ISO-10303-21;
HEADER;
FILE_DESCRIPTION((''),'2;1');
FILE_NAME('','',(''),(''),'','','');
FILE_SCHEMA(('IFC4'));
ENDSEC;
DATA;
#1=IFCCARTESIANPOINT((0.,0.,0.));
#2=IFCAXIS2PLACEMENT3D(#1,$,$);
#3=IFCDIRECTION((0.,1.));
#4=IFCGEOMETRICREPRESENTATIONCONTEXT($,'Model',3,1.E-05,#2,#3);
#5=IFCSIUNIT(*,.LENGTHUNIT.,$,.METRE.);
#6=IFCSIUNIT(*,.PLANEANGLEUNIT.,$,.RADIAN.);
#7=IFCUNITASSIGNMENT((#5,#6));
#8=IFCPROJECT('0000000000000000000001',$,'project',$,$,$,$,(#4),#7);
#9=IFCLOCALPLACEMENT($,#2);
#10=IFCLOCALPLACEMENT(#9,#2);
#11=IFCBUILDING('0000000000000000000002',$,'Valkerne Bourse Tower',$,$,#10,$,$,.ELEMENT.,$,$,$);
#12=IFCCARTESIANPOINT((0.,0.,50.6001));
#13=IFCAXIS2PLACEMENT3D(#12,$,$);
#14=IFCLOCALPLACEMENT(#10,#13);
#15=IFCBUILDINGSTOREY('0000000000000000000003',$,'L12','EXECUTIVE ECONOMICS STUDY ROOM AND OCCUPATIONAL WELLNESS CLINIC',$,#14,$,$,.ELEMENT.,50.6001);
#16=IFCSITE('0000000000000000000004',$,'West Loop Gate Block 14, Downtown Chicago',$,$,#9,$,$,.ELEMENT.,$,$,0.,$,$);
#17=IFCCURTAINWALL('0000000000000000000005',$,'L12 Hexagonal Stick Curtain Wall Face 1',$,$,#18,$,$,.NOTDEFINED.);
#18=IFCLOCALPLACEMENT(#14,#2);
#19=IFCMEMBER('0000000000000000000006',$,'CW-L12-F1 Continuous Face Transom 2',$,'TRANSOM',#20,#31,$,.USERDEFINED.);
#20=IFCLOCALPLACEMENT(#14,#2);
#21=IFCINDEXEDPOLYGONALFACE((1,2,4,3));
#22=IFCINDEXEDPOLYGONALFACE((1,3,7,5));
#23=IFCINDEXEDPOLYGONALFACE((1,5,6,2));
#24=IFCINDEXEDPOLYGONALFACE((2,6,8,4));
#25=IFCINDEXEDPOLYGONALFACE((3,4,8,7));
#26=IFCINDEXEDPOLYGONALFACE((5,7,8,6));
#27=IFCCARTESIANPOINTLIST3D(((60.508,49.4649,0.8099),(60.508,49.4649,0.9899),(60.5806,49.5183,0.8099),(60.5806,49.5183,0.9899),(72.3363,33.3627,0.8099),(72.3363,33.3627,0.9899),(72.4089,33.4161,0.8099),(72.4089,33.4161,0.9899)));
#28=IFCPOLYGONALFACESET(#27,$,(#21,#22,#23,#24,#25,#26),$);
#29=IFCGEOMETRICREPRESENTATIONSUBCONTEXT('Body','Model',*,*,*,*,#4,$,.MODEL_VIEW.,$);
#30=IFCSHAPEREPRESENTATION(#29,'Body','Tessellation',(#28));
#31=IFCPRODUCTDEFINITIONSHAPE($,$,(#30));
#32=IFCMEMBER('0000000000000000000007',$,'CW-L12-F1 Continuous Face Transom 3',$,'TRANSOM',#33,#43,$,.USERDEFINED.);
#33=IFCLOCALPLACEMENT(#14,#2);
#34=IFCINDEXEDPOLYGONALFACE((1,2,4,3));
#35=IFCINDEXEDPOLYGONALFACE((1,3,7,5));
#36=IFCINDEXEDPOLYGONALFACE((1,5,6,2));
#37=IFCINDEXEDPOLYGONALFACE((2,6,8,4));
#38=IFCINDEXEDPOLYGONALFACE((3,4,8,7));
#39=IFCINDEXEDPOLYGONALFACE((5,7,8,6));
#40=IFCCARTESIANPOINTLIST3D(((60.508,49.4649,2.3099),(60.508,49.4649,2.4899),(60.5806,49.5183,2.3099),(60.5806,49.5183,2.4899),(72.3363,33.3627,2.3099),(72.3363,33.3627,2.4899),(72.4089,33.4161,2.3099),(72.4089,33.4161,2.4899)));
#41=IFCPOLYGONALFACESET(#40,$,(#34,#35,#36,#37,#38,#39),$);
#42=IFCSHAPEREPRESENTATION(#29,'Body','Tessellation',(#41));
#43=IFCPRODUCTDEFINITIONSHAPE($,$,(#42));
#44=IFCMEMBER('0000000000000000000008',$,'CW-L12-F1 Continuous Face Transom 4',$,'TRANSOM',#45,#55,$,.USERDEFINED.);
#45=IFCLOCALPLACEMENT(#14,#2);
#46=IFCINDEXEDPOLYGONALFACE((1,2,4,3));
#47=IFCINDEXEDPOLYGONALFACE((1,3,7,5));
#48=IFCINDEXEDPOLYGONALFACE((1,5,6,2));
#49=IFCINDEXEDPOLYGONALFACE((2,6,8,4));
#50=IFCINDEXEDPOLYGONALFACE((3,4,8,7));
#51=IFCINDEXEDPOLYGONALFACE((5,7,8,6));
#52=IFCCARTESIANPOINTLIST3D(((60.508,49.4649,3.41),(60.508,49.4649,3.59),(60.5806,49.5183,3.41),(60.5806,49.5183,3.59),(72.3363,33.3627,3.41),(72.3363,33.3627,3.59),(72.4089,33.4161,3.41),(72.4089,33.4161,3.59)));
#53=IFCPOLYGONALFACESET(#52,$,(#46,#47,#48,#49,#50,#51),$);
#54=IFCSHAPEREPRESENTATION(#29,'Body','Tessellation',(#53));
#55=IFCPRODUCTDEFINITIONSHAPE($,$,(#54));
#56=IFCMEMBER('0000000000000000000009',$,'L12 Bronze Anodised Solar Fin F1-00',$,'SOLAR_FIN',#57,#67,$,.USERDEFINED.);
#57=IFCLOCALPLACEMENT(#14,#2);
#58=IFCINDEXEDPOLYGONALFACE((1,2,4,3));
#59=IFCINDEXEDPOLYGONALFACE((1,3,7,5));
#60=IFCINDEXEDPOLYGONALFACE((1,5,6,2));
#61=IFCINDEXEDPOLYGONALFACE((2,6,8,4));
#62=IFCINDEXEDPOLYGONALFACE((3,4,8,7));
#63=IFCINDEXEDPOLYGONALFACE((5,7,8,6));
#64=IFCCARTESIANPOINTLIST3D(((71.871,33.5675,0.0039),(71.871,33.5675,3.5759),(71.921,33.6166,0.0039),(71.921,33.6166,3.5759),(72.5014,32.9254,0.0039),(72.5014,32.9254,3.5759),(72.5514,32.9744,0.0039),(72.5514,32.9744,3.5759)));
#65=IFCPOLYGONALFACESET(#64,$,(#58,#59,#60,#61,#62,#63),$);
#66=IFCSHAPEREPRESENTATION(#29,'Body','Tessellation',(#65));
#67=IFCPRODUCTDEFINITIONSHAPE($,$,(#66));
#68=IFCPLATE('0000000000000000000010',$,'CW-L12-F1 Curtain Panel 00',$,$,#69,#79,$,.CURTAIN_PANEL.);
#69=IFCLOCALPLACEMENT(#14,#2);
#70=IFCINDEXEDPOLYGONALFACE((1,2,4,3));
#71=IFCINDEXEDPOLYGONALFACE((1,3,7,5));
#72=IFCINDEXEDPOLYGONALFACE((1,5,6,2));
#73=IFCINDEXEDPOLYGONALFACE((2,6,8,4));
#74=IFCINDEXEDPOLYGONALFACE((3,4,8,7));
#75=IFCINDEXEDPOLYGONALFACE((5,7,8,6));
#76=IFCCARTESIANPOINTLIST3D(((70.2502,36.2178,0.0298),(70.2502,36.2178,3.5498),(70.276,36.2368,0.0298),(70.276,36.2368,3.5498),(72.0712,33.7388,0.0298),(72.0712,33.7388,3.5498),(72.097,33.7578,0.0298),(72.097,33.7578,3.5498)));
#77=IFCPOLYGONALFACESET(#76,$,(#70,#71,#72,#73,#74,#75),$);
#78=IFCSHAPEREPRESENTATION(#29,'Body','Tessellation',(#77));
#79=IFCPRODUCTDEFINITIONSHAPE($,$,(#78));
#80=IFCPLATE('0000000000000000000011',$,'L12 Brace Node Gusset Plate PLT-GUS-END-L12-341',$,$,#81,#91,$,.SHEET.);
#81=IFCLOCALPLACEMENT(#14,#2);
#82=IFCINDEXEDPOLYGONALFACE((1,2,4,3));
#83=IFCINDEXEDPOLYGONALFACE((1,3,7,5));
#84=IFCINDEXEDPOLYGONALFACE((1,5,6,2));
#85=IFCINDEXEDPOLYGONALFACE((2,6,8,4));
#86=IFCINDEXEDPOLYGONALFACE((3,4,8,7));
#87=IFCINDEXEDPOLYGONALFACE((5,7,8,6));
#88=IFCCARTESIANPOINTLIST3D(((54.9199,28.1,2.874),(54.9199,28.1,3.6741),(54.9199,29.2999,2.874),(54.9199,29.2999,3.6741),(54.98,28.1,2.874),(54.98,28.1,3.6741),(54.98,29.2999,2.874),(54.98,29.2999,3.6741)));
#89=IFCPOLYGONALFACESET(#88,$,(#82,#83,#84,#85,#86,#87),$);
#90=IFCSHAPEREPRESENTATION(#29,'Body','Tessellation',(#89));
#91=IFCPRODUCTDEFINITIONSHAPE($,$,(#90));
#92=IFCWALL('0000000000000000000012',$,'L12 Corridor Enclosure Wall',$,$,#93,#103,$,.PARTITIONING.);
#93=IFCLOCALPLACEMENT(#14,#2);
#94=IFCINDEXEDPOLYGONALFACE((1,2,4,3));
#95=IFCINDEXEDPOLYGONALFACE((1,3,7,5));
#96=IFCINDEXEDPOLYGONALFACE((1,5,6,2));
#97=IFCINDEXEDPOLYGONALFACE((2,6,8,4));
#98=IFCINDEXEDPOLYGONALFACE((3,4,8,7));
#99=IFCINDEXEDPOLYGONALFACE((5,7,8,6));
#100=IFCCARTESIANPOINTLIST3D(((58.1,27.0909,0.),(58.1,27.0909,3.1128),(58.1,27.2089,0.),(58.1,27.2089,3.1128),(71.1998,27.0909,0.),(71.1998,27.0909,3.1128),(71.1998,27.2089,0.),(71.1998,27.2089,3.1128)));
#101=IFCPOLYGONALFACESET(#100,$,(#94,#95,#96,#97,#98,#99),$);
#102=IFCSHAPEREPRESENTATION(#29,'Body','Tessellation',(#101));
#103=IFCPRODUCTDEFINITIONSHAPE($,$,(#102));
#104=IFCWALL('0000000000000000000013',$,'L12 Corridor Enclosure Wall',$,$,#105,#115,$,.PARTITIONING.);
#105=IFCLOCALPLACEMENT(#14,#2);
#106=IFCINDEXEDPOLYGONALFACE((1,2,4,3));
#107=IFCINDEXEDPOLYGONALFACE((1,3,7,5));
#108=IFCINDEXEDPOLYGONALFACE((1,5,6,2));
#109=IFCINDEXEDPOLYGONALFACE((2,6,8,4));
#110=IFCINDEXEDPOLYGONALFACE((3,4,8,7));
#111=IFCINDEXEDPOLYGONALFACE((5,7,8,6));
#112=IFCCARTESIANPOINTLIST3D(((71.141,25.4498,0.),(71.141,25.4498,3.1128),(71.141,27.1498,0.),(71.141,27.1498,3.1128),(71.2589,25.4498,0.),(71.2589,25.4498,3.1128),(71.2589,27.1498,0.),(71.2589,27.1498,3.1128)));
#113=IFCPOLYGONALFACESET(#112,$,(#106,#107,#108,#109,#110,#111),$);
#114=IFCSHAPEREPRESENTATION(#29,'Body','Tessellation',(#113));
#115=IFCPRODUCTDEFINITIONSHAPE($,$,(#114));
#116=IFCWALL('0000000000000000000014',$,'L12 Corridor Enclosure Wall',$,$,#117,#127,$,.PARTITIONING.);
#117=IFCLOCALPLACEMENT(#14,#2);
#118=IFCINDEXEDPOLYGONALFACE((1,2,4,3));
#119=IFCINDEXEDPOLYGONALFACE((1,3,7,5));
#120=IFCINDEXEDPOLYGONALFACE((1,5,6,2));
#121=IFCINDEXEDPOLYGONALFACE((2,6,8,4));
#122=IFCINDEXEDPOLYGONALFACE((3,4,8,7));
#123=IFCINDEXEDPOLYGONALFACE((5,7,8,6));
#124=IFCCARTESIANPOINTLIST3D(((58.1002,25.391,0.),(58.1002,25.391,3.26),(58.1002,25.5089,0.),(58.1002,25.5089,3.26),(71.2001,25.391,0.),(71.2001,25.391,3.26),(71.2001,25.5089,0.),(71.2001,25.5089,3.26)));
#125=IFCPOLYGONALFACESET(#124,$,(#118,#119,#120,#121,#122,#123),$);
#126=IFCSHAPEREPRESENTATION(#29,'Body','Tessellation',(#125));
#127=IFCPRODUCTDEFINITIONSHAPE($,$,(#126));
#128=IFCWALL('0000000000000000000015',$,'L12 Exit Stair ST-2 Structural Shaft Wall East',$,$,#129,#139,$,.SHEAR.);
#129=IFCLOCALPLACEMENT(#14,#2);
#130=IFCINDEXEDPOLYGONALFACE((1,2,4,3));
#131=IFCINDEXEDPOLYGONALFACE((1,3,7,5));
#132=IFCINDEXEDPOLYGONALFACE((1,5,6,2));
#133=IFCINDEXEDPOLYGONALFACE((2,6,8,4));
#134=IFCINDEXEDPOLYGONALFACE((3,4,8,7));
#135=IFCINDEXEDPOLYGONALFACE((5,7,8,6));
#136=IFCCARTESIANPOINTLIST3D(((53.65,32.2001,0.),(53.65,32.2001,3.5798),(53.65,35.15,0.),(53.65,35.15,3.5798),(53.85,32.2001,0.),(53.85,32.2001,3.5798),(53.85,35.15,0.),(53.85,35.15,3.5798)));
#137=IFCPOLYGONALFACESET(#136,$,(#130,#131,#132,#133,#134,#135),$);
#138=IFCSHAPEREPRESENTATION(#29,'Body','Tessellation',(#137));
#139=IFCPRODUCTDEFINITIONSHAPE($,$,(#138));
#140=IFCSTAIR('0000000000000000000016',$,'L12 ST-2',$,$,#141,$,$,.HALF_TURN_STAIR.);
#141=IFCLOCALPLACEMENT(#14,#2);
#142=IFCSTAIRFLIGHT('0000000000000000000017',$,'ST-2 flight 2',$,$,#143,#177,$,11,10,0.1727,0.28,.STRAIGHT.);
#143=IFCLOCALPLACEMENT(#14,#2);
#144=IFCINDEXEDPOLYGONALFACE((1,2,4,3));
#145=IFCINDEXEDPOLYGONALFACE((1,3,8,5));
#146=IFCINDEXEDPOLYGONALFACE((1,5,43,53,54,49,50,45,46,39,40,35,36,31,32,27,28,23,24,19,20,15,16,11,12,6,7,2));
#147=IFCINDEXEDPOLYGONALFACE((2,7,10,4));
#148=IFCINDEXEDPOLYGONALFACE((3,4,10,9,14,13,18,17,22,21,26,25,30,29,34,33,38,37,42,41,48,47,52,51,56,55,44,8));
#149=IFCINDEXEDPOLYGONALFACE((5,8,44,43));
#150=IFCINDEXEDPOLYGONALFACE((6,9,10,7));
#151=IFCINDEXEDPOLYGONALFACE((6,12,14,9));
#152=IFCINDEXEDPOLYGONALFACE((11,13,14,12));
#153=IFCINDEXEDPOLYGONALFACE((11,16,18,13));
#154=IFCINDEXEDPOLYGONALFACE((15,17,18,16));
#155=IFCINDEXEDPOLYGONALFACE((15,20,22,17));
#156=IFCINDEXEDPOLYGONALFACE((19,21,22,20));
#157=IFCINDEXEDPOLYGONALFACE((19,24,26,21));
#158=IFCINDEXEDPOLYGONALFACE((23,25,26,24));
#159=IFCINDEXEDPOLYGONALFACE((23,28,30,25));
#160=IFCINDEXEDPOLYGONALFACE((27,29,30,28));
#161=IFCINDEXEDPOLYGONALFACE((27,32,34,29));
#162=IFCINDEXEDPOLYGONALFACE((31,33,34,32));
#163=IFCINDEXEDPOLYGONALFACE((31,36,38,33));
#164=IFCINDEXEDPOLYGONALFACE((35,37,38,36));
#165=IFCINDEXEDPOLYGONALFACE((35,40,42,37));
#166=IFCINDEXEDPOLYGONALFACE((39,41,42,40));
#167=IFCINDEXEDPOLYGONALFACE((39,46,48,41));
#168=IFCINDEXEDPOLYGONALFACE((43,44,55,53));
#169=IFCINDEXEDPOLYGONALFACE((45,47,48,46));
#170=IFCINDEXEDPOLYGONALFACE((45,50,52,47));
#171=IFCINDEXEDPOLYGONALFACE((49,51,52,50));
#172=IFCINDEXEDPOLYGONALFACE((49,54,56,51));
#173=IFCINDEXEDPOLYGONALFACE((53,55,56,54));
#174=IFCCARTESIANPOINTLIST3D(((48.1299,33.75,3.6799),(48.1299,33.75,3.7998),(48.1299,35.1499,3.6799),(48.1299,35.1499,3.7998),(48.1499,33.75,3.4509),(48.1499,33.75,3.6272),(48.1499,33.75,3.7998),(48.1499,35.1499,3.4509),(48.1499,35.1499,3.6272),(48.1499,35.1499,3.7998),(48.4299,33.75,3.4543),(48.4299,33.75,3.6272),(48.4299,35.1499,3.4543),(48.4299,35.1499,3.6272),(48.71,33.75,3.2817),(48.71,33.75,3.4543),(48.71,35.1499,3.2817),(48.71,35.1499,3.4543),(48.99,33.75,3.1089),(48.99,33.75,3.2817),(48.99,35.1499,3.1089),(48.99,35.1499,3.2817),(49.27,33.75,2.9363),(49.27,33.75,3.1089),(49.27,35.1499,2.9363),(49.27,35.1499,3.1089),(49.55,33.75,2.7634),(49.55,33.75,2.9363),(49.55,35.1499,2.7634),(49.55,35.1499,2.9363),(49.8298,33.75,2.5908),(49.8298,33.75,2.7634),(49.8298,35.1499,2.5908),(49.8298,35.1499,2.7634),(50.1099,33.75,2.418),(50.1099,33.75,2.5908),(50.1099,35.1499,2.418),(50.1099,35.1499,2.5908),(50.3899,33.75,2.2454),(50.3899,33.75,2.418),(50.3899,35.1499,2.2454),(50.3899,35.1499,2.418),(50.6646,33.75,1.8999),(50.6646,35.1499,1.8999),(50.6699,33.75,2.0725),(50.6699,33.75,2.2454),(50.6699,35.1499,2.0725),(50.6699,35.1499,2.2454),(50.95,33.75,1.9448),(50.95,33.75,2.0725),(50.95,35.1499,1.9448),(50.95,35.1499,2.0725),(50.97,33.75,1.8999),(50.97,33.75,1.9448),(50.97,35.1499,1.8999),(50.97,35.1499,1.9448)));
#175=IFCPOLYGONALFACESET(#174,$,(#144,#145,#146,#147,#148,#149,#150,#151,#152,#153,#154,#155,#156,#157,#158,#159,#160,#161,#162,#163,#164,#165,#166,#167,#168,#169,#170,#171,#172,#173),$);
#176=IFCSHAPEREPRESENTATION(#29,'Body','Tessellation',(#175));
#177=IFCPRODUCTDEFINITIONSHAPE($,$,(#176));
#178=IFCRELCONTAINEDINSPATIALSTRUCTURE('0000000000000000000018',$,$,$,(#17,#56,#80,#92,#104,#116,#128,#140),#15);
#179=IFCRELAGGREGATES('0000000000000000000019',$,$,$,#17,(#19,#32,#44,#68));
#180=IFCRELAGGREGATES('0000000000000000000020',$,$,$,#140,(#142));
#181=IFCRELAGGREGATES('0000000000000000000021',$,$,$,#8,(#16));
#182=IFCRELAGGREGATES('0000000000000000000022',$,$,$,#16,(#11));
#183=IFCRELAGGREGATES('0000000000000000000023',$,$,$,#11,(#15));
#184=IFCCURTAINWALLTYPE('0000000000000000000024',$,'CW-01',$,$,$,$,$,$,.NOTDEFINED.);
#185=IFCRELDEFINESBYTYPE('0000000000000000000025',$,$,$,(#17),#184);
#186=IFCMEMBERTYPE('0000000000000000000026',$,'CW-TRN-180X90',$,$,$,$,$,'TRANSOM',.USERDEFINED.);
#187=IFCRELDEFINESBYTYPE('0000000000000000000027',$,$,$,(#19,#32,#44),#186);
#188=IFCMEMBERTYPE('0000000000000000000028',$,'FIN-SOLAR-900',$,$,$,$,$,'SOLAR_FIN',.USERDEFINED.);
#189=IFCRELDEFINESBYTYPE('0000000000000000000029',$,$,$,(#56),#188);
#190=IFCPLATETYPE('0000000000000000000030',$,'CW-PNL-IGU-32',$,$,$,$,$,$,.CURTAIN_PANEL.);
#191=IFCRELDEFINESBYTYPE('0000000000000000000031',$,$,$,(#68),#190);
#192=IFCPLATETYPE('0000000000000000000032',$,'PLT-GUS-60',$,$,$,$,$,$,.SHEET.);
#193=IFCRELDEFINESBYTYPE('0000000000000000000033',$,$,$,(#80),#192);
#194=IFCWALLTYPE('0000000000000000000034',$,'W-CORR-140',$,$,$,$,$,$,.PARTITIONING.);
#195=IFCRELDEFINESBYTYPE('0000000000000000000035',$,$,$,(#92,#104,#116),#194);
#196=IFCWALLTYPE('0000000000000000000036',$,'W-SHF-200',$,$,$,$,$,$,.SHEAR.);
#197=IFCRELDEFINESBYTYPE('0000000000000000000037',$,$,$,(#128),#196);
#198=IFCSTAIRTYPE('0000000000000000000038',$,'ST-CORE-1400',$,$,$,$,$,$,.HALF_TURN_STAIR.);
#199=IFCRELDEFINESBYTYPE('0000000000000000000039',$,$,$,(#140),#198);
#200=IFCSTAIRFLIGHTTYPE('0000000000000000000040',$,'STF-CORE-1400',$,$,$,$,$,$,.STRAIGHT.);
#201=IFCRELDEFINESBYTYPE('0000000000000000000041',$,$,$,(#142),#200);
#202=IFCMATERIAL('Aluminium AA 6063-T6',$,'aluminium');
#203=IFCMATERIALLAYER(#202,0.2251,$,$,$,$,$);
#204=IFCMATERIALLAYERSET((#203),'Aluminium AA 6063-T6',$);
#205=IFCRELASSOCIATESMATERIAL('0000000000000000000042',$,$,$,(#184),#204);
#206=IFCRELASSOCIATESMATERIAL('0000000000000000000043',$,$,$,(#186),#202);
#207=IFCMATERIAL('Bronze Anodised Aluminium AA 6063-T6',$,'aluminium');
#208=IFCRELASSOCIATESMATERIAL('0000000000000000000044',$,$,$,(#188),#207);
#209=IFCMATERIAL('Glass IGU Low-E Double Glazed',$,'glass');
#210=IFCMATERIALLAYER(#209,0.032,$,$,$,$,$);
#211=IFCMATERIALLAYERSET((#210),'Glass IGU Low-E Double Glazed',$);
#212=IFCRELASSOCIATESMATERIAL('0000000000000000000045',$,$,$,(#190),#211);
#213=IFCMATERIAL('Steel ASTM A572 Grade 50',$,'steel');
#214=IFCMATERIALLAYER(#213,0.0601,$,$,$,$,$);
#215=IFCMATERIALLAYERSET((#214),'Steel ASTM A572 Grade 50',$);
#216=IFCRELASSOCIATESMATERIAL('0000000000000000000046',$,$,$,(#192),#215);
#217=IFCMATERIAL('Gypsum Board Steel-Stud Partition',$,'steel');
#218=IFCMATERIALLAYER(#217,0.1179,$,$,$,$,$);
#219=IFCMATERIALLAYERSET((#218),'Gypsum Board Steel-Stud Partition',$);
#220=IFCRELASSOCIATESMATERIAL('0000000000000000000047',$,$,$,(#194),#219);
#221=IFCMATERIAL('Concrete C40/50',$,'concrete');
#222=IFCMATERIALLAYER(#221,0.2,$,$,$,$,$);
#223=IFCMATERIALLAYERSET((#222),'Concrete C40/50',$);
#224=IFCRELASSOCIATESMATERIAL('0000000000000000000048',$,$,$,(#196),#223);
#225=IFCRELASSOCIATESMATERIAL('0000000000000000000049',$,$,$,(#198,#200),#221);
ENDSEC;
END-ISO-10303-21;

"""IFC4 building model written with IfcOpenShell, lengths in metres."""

from ifc_helpers import new_model, si_unit, direction, frame, frame_2d, origin, origin_2d, place, context, subcontext, project, spatial, polyline, rectangle, outline, extrude, material, layer, layer_set, material_profile, profile_set, type_object, element, aggregate, save


model = new_model("IFC4")

# Units and contexts
model_context = context("Model", 3, precision=1e-05, world=origin(), true_north=direction((0.0, 1.0)))
body_context = subcontext(model_context, "Body", "Model", "MODEL_VIEW")
ifc_project = project(units=[si_unit("LENGTHUNIT", "METRE"), si_unit("PLANEANGLEUNIT", "RADIAN")], contexts=[model_context])

# Site, building, storey
site_placement = place(None, origin())
site = spatial("IfcSite", under=ifc_project, at=site_placement, Name="West Loop Gate Block 14, Downtown Chicago", CompositionType="ELEMENT", RefElevation=0.0)
building_placement = place(site_placement, origin())
building = spatial("IfcBuilding", under=site, at=building_placement, Name="Valkerne Bourse Tower", CompositionType="ELEMENT")
storey_placement = place(building_placement, frame((0.0, 0.0, 50.6001)))
storey = spatial("IfcBuildingStorey", under=building, at=storey_placement, Name="L12", Description="EXECUTIVE ECONOMICS STUDY ROOM AND OCCUPATIONAL WELLNESS CLINIC", CompositionType="ELEMENT", Elevation=50.6001)

# Curtain wall
ifc_material_1 = material(Name="Aluminium AA 6063-T6", Category="aluminium")
ifc_layer_1 = layer(ifc_material_1, 0.2251)
ifc_layer_set_1 = layer_set([ifc_layer_1], Name="Aluminium AA 6063-T6")
curtain_wall_type = type_object("IfcCurtainWallType", Name="CW-01", PredefinedType="NOTDEFINED", material=ifc_layer_set_1)
curtain_wall_1_placement = place(storey_placement, origin())
curtain_wall_1 = element("IfcCurtainWall", 1, at=curtain_wall_1_placement, inside=storey, type_object=curtain_wall_type, Name="L12 Hexagonal Stick Curtain Wall Face 1", PredefinedType="NOTDEFINED")

# Members
ifc_material_profile_1 = material_profile(ifc_material_1, rectangle(XDim=0.0901, YDim=0.1799, at=origin_2d()), Name="CWT-90X180")
ifc_profile_set_1 = profile_set([ifc_material_profile_1], Name="Aluminium AA 6063-T6")
member_type_1 = type_object("IfcMemberType", Name="CW-TRN-180X90", ElementType="TRANSOM", PredefinedType="USERDEFINED", material=ifc_profile_set_1)
member_1_placement = place(storey_placement, frame((72.3726, 33.3894, 0.8999), z_axis=(-0.592015, 0.805927, 0.0), x_axis=(-0.805927, -0.592015, 0.0)))
member_1 = element("IfcMember", 2, at=member_1_placement, type_object=member_type_1, Name="CW-L12-F1 Continuous Face Transom 2", ObjectType="TRANSOM", PredefinedType="USERDEFINED", context=body_context, shape_type="SweptSolid", body=[
    extrude(rectangle(XDim=0.0901, YDim=0.1799, at=origin_2d()), origin(), (0.0, 0.0, 1.0), 19.9797),
])
member_2_placement = place(storey_placement, frame((72.3726, 33.3894, 2.3999), z_axis=(-0.592015, 0.805927, 0.0), x_axis=(-0.805927, -0.592015, 0.0)))
member_2 = element("IfcMember", 3, at=member_2_placement, type_object=member_type_1, Name="CW-L12-F1 Continuous Face Transom 3", ObjectType="TRANSOM", PredefinedType="USERDEFINED", context=body_context, shape_type="SweptSolid", body=[
    extrude(rectangle(XDim=0.0901, YDim=0.1799, at=origin_2d()), origin(), (0.0, 0.0, 1.0), 19.9797),
])
member_3_placement = place(storey_placement, frame((72.3726, 33.3894, 3.5), z_axis=(-0.592015, 0.805927, 0.0), x_axis=(-0.805927, -0.592015, 0.0)))
member_3 = element("IfcMember", 4, at=member_3_placement, type_object=member_type_1, Name="CW-L12-F1 Continuous Face Transom 4", ObjectType="TRANSOM", PredefinedType="USERDEFINED", context=body_context, shape_type="SweptSolid", body=[
    extrude(rectangle(XDim=0.0901, YDim=0.1799, at=origin_2d()), origin(), (0.0, 0.0, 1.0), 19.9797),
])
ifc_material_2 = material(Name="Bronze Anodised Aluminium AA 6063-T6", Category="aluminium")
ifc_material_profile_2 = material_profile(ifc_material_2, rectangle(XDim=0.0701, YDim=0.8999, at=origin_2d()), Name="FIN-70X900")
ifc_profile_set_2 = profile_set([ifc_material_profile_2], Name="Bronze Anodised Aluminium AA 6063-T6")
member_type_2 = type_object("IfcMemberType", Name="FIN-SOLAR-900", ElementType="SOLAR_FIN", PredefinedType="USERDEFINED", material=ifc_profile_set_2)
member_4_placement = place(storey_placement, frame((72.2112, 33.271, 0.0039), z_axis=(0.0, 0.0, 1.0), x_axis=(0.713625, 0.700528, 0.0)))
element("IfcMember", 5, at=member_4_placement, inside=storey, type_object=member_type_2, Name="L12 Bronze Anodised Solar Fin F1-00", ObjectType="SOLAR_FIN", PredefinedType="USERDEFINED", context=body_context, shape_type="SweptSolid", body=[
    extrude(rectangle(XDim=0.0701, YDim=0.8999, at=origin_2d()), origin(), (0.0, 0.0, 1.0), 3.572),
])

# Plates
ifc_material_3 = material(Name="Glass IGU Low-E Double Glazed", Category="glass")
ifc_layer_2 = layer(ifc_material_3, 0.032)
ifc_layer_set_2 = layer_set([ifc_layer_2], Name="Glass IGU Low-E Double Glazed")
plate_type_1 = type_object("IfcPlateType", Name="CW-PNL-IGU-32", PredefinedType="CURTAIN_PANEL", material=ifc_layer_set_2)
plate_1_placement = place(storey_placement, frame((71.1736, 34.9878, 0.0298), z_axis=(0.0, 0.0, 1.0), x_axis=(-0.59201, 0.805931, 0.0)))
plate_1 = element("IfcPlate", 6, at=plate_1_placement, type_object=plate_type_1, Name="CW-L12-F1 Curtain Panel 00", PredefinedType="CURTAIN_PANEL", context=body_context, shape_type="SweptSolid", body=[
    extrude(rectangle(XDim=3.0759, YDim=0.032, at=origin_2d()), origin(), (0.0, 0.0, 1.0), 3.52),
])
aggregate(curtain_wall_1, [member_1, member_2, member_3, plate_1])
ifc_material_4 = material(Name="Steel ASTM A572 Grade 50", Category="steel")
ifc_layer_3 = layer(ifc_material_4, 0.0601)
ifc_layer_set_3 = layer_set([ifc_layer_3], Name="Steel ASTM A572 Grade 50")
plate_type_2 = type_object("IfcPlateType", Name="PLT-GUS-60", PredefinedType="SHEET", material=ifc_layer_set_3)
plate_2_placement = place(storey_placement, frame((54.95, 28.7, 2.874), z_axis=(0.0, 0.0, 1.0), x_axis=(0.0, 1.0, 0.0)))
element("IfcPlate", 7, at=plate_2_placement, inside=storey, type_object=plate_type_2, Name="L12 Brace Node Gusset Plate PLT-GUS-END-L12-341", PredefinedType="SHEET", context=body_context, shape_type="SweptSolid", body=[
    extrude(rectangle(XDim=1.2, YDim=0.0601, at=origin_2d()), origin(), (0.0, 0.0, 1.0), 0.8),
])

# Walls
ifc_material_5 = material(Name="Gypsum Board Steel-Stud Partition", Category="steel")
ifc_layer_4 = layer(ifc_material_5, 0.1179)
ifc_layer_set_4 = layer_set([ifc_layer_4], Name="Gypsum Board Steel-Stud Partition")
wall_type_1 = type_object("IfcWallType", Name="W-CORR-140", PredefinedType="PARTITIONING", material=ifc_layer_set_4)
wall_1_placement = place(storey_placement, frame((58.1001, 27.1499, 0.0), z_axis=(0.0, 0.0, 1.0), x_axis=(1.0, 0.0, 0.0)))
element("IfcWall", 8, at=wall_1_placement, inside=storey, type_object=wall_type_1, Name="L12 Corridor Enclosure Wall", PredefinedType="PARTITIONING", context=body_context, shape_type="SweptSolid", body=[
    extrude(rectangle(XDim=13.0999, YDim=0.1179, at=frame_2d((6.5498, 0.0))), origin(), (0.0, 0.0, 1.0), 3.1128),
])
wall_2_placement = place(storey_placement, frame((71.2, 27.1499, 0.0), z_axis=(0.0, 0.0, 1.0), x_axis=(0.0, -1.0, 0.0)))
element("IfcWall", 9, at=wall_2_placement, inside=storey, type_object=wall_type_1, Name="L12 Corridor Enclosure Wall", PredefinedType="PARTITIONING", context=body_context, shape_type="SweptSolid", body=[
    extrude(rectangle(XDim=1.7, YDim=0.1179, at=frame_2d((0.8501, 0.0))), origin(), (0.0, 0.0, 1.0), 3.1128),
])
wall_3_placement = place(storey_placement, frame((71.2, 25.45, 0.0), z_axis=(0.0, 0.0, 1.0), x_axis=(-1.0, 0.0, 0.0)))
element("IfcWall", 10, at=wall_3_placement, inside=storey, type_object=wall_type_1, Name="L12 Corridor Enclosure Wall", PredefinedType="PARTITIONING", context=body_context, shape_type="SweptSolid", body=[
    extrude(rectangle(XDim=13.0999, YDim=0.1179, at=frame_2d((6.5498, 0.0))), origin(), (0.0, 0.0, 1.0), 3.26),
])

# Wall
ifc_material_6 = material(Name="Concrete C40/50", Category="concrete")
ifc_layer_5 = layer(ifc_material_6, 0.2)
ifc_layer_set_5 = layer_set([ifc_layer_5], Name="Concrete C40/50")
wall_type_2 = type_object("IfcWallType", Name="W-SHF-200", PredefinedType="SHEAR", material=ifc_layer_set_5)
wall_4_placement = place(storey_placement, frame((53.75, 32.2, 0.0), z_axis=(0.0, 0.0, 1.0), x_axis=(0.0, 1.0, 0.0)))
element("IfcWall", 11, at=wall_4_placement, inside=storey, type_object=wall_type_2, Name="L12 Exit Stair ST-2 Structural Shaft Wall East", PredefinedType="SHEAR", context=body_context, shape_type="SweptSolid", body=[
    extrude(rectangle(XDim=2.95, YDim=0.2, at=frame_2d((1.4751, 0.0))), origin(), (0.0, 0.0, 1.0), 3.5798),
])

# Stair, stair flight
stair_type = type_object("IfcStairType", Name="ST-CORE-1400", PredefinedType="HALF_TURN_STAIR", material=ifc_material_6)
stair_placement = place(storey_placement, origin())
stair = element("IfcStair", 12, at=stair_placement, inside=storey, type_object=stair_type, Name="L12 ST-2", PredefinedType="HALF_TURN_STAIR")
stair_flight_type = type_object("IfcStairFlightType", Name="STF-CORE-1400", PredefinedType="STRAIGHT", material=ifc_material_6)
stair_flight_placement = place(storey_placement, frame((50.95, 34.45, 1.8999), z_axis=(0.0, 0.0, 1.0), x_axis=(-1.0, 0.0, 0.0)))
stair_flight = element("IfcStairFlight", 13, at=stair_flight_placement, type_object=stair_flight_type, Name="ST-2 flight 2", NumberOfRisers=11, NumberOfTreads=10, PredefinedType="STRAIGHT", RiserHeight=0.1727, TreadLength=0.28, context=body_context, shape_type="SweptSolid", body=[
    extrude(outline(polyline([(-0.02, 0.0), (-0.02, 0.0449), (0.0, 0.0449), (0.0, 0.1726), (0.28, 0.1726), (0.28, 0.3455), (0.5601, 0.3455), (0.5601, 0.5181), (0.8401, 0.5181), (0.8401, 0.6909), (1.1201, 0.6909), (1.1201, 0.8635), (1.3999, 0.8635), (1.3999, 1.0364), (1.6799, 1.0364), (1.6799, 1.209), (1.96, 1.209), (1.96, 1.3818), (2.24, 1.3818), (2.24, 1.5544), (2.52, 1.5544), (2.52, 1.7273), (2.8, 1.7273), (2.8, 1.8999), (2.8201, 1.8999), (2.8201, 1.78), (2.8, 1.551), (0.2854, 0.0), (-0.02, 0.0)])), frame((0.0, 0.7, 0.0), z_axis=(0.0, -1.0, 0.0), x_axis=(1.0, 0.0, 0.0)), (0.0, 0.0, 1.0), 1.3999),
])
aggregate(stair, [stair_flight])

save(model, "model.ifc")
